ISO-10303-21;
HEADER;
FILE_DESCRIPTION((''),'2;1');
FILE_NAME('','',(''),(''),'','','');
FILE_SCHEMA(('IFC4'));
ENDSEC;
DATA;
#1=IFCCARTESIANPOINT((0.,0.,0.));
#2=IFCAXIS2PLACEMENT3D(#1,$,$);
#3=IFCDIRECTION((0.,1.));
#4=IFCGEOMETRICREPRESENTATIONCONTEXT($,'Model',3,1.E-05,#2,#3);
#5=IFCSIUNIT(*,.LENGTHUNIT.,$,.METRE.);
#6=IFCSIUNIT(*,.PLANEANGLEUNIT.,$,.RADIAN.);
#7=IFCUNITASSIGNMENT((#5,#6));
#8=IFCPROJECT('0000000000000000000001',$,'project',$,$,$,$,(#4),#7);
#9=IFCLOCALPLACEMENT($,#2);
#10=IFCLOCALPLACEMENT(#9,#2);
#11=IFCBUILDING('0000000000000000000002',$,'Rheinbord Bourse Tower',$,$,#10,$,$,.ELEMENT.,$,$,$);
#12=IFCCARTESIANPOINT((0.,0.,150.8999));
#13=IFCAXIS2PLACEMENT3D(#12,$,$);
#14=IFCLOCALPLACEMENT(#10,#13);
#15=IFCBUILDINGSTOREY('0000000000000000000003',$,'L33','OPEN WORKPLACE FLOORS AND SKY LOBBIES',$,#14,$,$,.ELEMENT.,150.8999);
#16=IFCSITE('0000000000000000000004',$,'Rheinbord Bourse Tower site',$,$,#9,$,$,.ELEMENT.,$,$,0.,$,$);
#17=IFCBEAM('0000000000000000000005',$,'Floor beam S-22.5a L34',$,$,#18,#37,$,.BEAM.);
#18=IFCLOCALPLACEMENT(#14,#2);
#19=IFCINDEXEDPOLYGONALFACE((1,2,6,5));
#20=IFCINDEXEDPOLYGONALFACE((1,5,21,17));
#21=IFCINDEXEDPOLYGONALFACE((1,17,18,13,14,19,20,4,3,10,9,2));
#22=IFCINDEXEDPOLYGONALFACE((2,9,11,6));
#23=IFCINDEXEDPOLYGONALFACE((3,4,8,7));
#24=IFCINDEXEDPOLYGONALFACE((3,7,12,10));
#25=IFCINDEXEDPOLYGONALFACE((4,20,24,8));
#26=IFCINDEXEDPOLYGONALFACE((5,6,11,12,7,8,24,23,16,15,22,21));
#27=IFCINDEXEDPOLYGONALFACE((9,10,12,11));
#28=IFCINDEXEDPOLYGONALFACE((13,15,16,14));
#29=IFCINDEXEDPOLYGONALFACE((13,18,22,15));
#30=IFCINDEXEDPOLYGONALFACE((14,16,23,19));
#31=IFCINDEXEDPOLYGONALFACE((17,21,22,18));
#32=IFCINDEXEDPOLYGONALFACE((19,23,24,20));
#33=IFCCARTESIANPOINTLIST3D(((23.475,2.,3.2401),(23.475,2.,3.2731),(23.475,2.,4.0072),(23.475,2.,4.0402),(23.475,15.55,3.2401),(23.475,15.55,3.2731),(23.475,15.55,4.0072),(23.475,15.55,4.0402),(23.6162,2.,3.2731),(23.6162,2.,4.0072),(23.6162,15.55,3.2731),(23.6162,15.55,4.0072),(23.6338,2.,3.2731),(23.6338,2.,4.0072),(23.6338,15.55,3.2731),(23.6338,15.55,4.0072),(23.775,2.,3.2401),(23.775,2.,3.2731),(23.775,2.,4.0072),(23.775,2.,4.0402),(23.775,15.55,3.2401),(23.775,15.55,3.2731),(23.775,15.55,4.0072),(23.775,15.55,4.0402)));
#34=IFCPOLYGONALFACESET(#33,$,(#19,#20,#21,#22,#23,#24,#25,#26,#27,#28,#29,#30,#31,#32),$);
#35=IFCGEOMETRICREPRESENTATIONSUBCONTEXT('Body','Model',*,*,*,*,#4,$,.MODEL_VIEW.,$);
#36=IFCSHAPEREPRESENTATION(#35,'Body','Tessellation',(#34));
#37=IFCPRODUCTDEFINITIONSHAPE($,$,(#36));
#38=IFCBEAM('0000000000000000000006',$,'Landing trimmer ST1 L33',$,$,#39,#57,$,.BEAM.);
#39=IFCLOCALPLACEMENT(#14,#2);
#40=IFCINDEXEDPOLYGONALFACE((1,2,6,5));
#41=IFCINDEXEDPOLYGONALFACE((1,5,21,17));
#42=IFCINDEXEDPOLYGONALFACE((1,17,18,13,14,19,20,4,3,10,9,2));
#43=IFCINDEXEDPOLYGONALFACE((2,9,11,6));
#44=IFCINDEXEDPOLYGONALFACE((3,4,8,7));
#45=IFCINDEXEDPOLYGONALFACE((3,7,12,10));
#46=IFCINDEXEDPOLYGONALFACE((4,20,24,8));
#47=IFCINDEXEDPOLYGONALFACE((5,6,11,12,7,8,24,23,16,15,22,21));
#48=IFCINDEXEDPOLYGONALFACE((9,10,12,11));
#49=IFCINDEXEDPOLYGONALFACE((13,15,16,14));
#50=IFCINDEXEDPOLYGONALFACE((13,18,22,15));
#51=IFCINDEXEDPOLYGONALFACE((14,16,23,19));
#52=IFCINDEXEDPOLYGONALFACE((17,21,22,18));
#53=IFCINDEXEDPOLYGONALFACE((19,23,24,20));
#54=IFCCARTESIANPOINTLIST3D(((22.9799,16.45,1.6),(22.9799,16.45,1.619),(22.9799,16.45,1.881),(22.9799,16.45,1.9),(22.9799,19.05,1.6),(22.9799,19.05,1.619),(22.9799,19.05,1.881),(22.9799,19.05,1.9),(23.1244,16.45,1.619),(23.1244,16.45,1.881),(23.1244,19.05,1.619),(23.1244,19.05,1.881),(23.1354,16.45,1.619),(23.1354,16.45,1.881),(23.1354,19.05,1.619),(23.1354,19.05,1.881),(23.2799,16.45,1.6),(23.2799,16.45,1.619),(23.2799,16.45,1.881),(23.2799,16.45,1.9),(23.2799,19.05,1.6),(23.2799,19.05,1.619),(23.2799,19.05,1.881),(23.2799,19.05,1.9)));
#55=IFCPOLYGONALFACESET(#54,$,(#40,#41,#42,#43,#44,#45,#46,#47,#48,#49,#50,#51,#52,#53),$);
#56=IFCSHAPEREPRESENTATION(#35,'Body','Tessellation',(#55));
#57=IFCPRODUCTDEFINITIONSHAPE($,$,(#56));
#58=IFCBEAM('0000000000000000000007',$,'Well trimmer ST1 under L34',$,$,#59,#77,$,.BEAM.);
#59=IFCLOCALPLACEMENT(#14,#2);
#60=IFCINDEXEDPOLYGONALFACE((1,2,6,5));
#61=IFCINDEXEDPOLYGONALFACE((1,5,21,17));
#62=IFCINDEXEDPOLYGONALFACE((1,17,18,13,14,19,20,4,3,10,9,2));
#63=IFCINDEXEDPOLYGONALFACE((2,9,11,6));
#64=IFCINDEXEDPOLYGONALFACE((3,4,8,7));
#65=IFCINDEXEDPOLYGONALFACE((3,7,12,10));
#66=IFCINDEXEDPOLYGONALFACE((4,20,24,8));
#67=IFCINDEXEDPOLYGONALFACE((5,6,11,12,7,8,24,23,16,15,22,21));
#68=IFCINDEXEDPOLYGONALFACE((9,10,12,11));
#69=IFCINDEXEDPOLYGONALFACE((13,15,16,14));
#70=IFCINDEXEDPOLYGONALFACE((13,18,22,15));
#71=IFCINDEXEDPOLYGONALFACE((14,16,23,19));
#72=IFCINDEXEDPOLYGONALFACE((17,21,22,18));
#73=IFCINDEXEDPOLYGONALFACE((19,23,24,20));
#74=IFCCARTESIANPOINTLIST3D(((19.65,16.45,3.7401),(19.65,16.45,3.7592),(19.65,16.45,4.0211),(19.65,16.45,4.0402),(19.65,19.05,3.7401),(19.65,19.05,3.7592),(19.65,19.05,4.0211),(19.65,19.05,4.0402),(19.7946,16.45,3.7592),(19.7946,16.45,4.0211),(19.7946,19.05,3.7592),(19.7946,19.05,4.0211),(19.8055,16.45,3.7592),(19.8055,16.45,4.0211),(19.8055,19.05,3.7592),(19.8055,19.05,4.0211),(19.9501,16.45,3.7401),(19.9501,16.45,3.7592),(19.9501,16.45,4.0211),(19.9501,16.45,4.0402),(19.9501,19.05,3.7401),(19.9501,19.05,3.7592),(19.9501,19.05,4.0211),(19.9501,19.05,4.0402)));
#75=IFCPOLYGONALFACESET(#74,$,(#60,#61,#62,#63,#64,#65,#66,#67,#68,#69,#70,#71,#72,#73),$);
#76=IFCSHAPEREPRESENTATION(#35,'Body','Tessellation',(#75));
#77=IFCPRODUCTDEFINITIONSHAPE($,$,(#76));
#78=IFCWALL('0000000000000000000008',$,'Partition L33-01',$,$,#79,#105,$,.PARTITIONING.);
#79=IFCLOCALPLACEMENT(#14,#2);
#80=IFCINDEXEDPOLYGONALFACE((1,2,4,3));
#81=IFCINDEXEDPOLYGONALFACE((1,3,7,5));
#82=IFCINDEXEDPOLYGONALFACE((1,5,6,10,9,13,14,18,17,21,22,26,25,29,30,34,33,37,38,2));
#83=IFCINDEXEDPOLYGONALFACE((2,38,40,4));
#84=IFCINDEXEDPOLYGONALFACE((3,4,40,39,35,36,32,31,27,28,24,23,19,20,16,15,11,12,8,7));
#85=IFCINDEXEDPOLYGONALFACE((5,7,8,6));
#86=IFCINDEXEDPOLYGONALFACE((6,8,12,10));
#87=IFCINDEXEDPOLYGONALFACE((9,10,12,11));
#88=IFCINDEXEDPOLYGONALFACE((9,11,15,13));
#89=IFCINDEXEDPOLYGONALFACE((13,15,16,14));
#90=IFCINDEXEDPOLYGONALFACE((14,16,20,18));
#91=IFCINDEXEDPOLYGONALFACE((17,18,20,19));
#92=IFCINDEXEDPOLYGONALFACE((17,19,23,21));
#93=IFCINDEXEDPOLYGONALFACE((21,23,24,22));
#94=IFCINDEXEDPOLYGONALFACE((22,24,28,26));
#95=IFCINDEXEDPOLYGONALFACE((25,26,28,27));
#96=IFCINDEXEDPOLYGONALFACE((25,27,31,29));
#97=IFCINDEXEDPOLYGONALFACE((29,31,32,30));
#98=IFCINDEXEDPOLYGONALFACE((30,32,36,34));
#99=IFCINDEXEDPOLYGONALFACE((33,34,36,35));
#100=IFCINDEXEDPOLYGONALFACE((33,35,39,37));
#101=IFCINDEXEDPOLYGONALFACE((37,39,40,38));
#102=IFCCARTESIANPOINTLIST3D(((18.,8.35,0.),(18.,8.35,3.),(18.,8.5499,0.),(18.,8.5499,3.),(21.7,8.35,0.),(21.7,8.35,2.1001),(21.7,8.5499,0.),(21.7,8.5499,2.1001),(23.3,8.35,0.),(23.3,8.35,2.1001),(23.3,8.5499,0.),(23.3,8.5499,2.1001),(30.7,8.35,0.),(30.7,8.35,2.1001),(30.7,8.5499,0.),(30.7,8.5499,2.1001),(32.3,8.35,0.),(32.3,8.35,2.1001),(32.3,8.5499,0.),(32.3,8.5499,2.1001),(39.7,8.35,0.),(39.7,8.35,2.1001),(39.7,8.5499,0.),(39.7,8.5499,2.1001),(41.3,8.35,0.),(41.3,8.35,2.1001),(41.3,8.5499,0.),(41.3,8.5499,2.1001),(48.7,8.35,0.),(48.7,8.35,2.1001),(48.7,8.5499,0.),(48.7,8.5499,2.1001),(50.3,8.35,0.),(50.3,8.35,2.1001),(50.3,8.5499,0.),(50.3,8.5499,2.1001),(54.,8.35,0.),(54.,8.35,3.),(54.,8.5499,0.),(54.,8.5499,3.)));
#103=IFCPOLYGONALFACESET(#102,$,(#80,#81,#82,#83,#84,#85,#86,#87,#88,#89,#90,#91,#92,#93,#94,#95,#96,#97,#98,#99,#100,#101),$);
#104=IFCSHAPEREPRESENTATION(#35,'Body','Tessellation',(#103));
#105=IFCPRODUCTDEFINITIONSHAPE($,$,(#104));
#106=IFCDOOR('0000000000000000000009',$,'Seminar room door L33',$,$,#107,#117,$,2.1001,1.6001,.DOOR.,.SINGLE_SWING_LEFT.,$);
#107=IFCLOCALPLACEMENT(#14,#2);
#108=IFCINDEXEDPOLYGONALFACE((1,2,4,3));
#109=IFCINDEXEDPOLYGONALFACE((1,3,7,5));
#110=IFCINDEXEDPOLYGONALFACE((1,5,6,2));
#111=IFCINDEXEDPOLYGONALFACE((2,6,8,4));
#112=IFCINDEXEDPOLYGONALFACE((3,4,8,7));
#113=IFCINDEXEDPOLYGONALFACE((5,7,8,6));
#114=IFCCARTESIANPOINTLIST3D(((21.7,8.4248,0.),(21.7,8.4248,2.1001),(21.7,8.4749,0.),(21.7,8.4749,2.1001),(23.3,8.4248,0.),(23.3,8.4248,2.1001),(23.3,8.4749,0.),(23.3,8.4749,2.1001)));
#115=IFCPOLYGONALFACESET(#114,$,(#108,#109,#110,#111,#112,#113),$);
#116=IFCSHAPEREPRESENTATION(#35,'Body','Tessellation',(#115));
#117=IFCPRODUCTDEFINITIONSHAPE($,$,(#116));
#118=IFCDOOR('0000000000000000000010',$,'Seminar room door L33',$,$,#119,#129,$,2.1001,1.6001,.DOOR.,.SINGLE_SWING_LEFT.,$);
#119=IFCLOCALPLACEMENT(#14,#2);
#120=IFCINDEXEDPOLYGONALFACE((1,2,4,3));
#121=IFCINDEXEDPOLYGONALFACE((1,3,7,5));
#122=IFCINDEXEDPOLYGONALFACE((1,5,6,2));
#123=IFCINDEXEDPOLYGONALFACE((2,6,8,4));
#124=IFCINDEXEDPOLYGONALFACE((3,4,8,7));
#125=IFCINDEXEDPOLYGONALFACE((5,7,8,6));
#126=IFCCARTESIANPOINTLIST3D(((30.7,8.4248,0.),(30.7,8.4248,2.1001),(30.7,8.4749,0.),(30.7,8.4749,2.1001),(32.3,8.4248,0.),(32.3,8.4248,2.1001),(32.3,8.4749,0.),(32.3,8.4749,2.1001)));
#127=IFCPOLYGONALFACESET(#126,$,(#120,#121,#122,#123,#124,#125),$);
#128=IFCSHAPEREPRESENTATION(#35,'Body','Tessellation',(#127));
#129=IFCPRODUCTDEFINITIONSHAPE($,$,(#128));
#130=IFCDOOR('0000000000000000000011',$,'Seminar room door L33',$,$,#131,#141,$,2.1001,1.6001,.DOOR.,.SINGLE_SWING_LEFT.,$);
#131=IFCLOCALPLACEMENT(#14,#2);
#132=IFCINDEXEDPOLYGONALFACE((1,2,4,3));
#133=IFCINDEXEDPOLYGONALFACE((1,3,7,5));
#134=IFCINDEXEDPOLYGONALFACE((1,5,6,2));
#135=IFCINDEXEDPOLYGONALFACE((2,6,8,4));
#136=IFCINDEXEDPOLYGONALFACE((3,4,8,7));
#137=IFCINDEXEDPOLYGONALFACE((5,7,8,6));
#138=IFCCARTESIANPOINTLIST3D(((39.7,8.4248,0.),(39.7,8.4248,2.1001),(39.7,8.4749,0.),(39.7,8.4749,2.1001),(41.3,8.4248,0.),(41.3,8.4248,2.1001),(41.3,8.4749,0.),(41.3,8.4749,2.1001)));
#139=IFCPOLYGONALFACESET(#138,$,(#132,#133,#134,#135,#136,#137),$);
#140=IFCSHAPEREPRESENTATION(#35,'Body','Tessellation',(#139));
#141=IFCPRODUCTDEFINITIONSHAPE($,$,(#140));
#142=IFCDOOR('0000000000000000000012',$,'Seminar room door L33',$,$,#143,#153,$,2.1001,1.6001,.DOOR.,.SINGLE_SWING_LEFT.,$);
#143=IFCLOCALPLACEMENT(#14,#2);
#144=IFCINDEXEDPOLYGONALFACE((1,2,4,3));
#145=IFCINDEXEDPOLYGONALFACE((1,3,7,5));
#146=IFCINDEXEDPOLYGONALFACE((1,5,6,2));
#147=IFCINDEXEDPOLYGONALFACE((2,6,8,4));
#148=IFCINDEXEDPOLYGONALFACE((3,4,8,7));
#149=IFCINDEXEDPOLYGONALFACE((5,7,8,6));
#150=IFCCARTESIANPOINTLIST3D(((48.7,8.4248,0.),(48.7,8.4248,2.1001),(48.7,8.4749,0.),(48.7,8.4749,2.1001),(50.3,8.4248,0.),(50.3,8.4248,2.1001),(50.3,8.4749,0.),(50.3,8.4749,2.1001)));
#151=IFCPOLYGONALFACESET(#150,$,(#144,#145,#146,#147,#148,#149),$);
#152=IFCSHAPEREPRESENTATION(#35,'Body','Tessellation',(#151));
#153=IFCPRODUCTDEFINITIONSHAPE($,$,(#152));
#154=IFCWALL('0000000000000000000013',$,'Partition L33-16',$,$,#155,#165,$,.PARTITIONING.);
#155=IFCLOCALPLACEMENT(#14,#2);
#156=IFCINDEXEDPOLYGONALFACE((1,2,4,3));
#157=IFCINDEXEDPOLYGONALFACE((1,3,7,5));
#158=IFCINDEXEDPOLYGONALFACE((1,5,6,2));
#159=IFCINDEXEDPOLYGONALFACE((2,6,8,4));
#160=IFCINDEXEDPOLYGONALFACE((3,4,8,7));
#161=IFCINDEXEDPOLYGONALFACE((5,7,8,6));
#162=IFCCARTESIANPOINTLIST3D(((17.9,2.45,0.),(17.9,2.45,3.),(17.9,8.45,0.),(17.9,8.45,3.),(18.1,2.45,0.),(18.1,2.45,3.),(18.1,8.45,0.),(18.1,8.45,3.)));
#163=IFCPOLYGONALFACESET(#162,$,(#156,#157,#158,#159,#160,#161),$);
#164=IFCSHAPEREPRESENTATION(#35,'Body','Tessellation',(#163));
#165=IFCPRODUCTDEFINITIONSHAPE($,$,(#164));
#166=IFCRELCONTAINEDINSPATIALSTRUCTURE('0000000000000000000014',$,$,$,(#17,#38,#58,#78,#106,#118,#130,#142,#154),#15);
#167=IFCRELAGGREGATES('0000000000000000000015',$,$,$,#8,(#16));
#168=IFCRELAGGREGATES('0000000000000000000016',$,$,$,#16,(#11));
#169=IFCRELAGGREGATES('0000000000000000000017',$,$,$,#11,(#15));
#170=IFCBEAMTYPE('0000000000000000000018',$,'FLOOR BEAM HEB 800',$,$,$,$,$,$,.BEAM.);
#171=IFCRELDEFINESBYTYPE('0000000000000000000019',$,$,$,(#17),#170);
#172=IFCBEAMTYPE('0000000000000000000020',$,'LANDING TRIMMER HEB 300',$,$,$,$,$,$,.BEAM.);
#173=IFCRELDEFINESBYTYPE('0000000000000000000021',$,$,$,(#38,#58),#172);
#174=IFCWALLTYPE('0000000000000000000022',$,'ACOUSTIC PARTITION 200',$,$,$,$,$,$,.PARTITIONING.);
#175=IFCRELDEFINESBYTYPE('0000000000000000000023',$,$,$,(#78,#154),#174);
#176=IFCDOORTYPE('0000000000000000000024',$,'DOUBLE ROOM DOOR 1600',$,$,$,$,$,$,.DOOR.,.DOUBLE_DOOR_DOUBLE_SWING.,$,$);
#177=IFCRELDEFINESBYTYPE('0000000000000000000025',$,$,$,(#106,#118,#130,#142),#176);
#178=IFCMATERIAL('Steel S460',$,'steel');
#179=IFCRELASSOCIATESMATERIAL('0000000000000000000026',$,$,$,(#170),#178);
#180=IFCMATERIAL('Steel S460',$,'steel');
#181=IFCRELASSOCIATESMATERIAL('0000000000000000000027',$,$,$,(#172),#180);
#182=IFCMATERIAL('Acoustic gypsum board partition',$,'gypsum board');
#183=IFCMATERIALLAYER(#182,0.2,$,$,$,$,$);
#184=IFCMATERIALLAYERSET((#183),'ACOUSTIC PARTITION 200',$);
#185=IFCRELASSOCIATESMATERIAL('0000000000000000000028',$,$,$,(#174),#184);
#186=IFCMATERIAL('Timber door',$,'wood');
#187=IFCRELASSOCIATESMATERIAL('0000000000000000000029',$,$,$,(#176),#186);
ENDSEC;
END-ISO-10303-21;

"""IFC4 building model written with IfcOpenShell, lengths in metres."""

from ifc_helpers import new_model, si_unit, direction, frame, frame_2d, origin, origin_2d, place, context, subcontext, project, spatial, rectangle, i_section, extrude, material, layer, layer_set, material_profile, profile_set, type_object, element, fill, save


model = new_model("IFC4")

# Units and contexts
model_context = context("Model", 3, precision=1e-05, world=origin(), true_north=direction((0.0, 1.0)))
body_context = subcontext(model_context, "Body", "Model", "MODEL_VIEW")
ifc_project = project(units=[si_unit("LENGTHUNIT", "METRE"), si_unit("PLANEANGLEUNIT", "RADIAN")], contexts=[model_context])

# Site, building, storey
site_placement = place(None, origin())
site = spatial("IfcSite", under=ifc_project, at=site_placement, Name="Rheinbord Bourse Tower site", CompositionType="ELEMENT", RefElevation=0.0)
building_placement = place(site_placement, origin())
building = spatial("IfcBuilding", under=site, at=building_placement, Name="Rheinbord Bourse Tower", CompositionType="ELEMENT")
storey_placement = place(building_placement, frame((0.0, 0.0, 150.8999)))
storey = spatial("IfcBuildingStorey", under=building, at=storey_placement, Name="L33", Description="OPEN WORKPLACE FLOORS AND SKY LOBBIES", CompositionType="ELEMENT", Elevation=150.8999)

# Beams
ifc_material_1 = material(Name="Steel S460", Category="steel")
ifc_material_profile_1 = material_profile(ifc_material_1, i_section(OverallWidth=0.3, OverallDepth=0.8, WebThickness=0.0176, FlangeThickness=0.033, at=origin_2d()), Name="HEB 800")
ifc_profile_set_1 = profile_set([ifc_material_profile_1], Name="Steel S460")
beam_type_1 = type_object("IfcBeamType", Name="FLOOR BEAM HEB 800", PredefinedType="BEAM", material=ifc_profile_set_1)
beam_placement = place(storey_placement, frame((23.625, 2.0, 3.6401), z_axis=(0.0, 1.0, 0.0), x_axis=(-1.0, 0.0, 0.0)))
element("IfcBeam", 1, at=beam_placement, inside=storey, type_object=beam_type_1, Name="Floor beam S-22.5a L34", PredefinedType="BEAM", context=body_context, shape_type="SweptSolid", body=[
    extrude(i_section(OverallWidth=0.3, OverallDepth=0.8, WebThickness=0.0176, FlangeThickness=0.033, at=origin_2d()), origin(), (0.0, 0.0, 1.0), 13.55),
])
ifc_material_2 = material(Name="Steel S460", Category="steel")
ifc_material_profile_2 = material_profile(ifc_material_2, i_section(OverallWidth=0.3, OverallDepth=0.3, WebThickness=0.011, FlangeThickness=0.019, at=origin_2d()), Name="HEB 300")
ifc_profile_set_2 = profile_set([ifc_material_profile_2], Name="Steel S460")
beam_type_2 = type_object("IfcBeamType", Name="LANDING TRIMMER HEB 300", PredefinedType="BEAM", material=ifc_profile_set_2)
for number, where, z_axis, x_axis, name in (
    (2, (23.1299, 16.45, 1.75), (0.0, 1.0, 0.0), (-1.0, 0.0, 0.0), "Landing trimmer ST1 L33"),
    (3, (19.8, 16.45, 3.8901), (0.0, 1.0, 0.0), (-1.0, 0.0, 0.0), "Well trimmer ST1 under L34"),
):
    element("IfcBeam", number, at=place(storey_placement, frame(where, z_axis=z_axis, x_axis=x_axis)), inside=storey, type_object=beam_type_2, Name=name, PredefinedType="BEAM", context=body_context, shape_type="SweptSolid", body=[
        extrude(i_section(OverallWidth=0.3, OverallDepth=0.3, WebThickness=0.011, FlangeThickness=0.019, at=origin_2d()), origin(), (0.0, 0.0, 1.0), 2.6001),
    ])

# Wall, openings, doors
ifc_material_3 = material(Name="Acoustic gypsum board partition", Category="gypsum board")
ifc_layer_1 = layer(ifc_material_3, 0.2)
ifc_layer_set_1 = layer_set([ifc_layer_1], Name="ACOUSTIC PARTITION 200")
wall_type_1 = type_object("IfcWallType", Name="ACOUSTIC PARTITION 200", PredefinedType="PARTITIONING", material=ifc_layer_set_1)
wall_1_placement = place(storey_placement, frame((18.0, 8.45, 0.0), z_axis=(0.0, 0.0, 1.0), x_axis=(1.0, 0.0, 0.0)))
wall_1 = element("IfcWall", 4, at=wall_1_placement, inside=storey, type_object=wall_type_1, Name="Partition L33-01", PredefinedType="PARTITIONING", context=body_context, shape_type="SweptSolid", body=[
    extrude(rectangle(XDim=36.0, YDim=0.2, at=frame_2d((18.0, 0.0))), origin(), (0.0, 0.0, 1.0), 3.0),
])
opening_1_placement = place(wall_1_placement, frame((3.7, 0.0, 0.0)))
opening_1 = element("IfcOpeningElement", 5, at=opening_1_placement, cuts=wall_1, PredefinedType="OPENING", context=body_context, shape_type="SweptSolid", body=[
    extrude(rectangle(XDim=1.6001, YDim=2.1001, at=frame_2d((0.8, 1.05))), frame((0.0, 0.1099, 0.0), z_axis=(0.0, -1.0, 0.0), x_axis=(1.0, 0.0, 0.0)), (0.0, 0.0, 1.0), 0.22),
])
opening_2_placement = place(wall_1_placement, frame((12.7, 0.0, 0.0)))
opening_2 = element("IfcOpeningElement", 6, at=opening_2_placement, cuts=wall_1, PredefinedType="OPENING", context=body_context, shape_type="SweptSolid", body=[
    extrude(rectangle(XDim=1.6001, YDim=2.1001, at=frame_2d((0.8, 1.05))), frame((0.0, 0.1099, 0.0), z_axis=(0.0, -1.0, 0.0), x_axis=(1.0, 0.0, 0.0)), (0.0, 0.0, 1.0), 0.22),
])
opening_3_placement = place(wall_1_placement, frame((21.7, 0.0, 0.0)))
opening_3 = element("IfcOpeningElement", 7, at=opening_3_placement, cuts=wall_1, PredefinedType="OPENING", context=body_context, shape_type="SweptSolid", body=[
    extrude(rectangle(XDim=1.6001, YDim=2.1001, at=frame_2d((0.8, 1.05))), frame((0.0, 0.1099, 0.0), z_axis=(0.0, -1.0, 0.0), x_axis=(1.0, 0.0, 0.0)), (0.0, 0.0, 1.0), 0.22),
])
opening_4_placement = place(wall_1_placement, frame((30.7, 0.0, 0.0)))
opening_4 = element("IfcOpeningElement", 8, at=opening_4_placement, cuts=wall_1, PredefinedType="OPENING", context=body_context, shape_type="SweptSolid", body=[
    extrude(rectangle(XDim=1.6001, YDim=2.1001, at=frame_2d((0.8, 1.05))), frame((0.0, 0.1099, 0.0), z_axis=(0.0, -1.0, 0.0), x_axis=(1.0, 0.0, 0.0)), (0.0, 0.0, 1.0), 0.22),
])
ifc_material_4 = material(Name="Timber door", Category="wood")
door_type_1 = type_object("IfcDoorType", Name="DOUBLE ROOM DOOR 1600", OperationType="DOUBLE_DOOR_DOUBLE_SWING", PredefinedType="DOOR", material=ifc_material_4)
door_1_placement = place(opening_1_placement, origin())
door_1 = element("IfcDoor", 9, at=door_1_placement, inside=storey, type_object=door_type_1, Name="Seminar room door L33", OperationType="SINGLE_SWING_LEFT", OverallHeight=2.1001, OverallWidth=1.6001, PredefinedType="DOOR", context=body_context, shape_type="SweptSolid", body=[
    extrude(rectangle(XDim=1.6001, YDim=2.1001, at=frame_2d((0.8, 1.05))), frame((0.0, 0.0249, 0.0), z_axis=(0.0, -1.0, 0.0), x_axis=(1.0, 0.0, 0.0)), (0.0, 0.0, 1.0), 0.05),
])
fill(opening_1, door_1)
door_2_placement = place(opening_2_placement, origin())
door_2 = element("IfcDoor", 10, at=door_2_placement, inside=storey, type_object=door_type_1, Name="Seminar room door L33", OperationType="SINGLE_SWING_LEFT", OverallHeight=2.1001, OverallWidth=1.6001, PredefinedType="DOOR", context=body_context, shape_type="SweptSolid", body=[
    extrude(rectangle(XDim=1.6001, YDim=2.1001, at=frame_2d((0.8, 1.05))), frame((0.0, 0.0249, 0.0), z_axis=(0.0, -1.0, 0.0), x_axis=(1.0, 0.0, 0.0)), (0.0, 0.0, 1.0), 0.05),
])
fill(opening_2, door_2)
door_3_placement = place(opening_3_placement, origin())
door_3 = element("IfcDoor", 11, at=door_3_placement, inside=storey, type_object=door_type_1, Name="Seminar room door L33", OperationType="SINGLE_SWING_LEFT", OverallHeight=2.1001, OverallWidth=1.6001, PredefinedType="DOOR", context=body_context, shape_type="SweptSolid", body=[
    extrude(rectangle(XDim=1.6001, YDim=2.1001, at=frame_2d((0.8, 1.05))), frame((0.0, 0.0249, 0.0), z_axis=(0.0, -1.0, 0.0), x_axis=(1.0, 0.0, 0.0)), (0.0, 0.0, 1.0), 0.05),
])
fill(opening_3, door_3)
door_4_placement = place(opening_4_placement, origin())
door_4 = element("IfcDoor", 12, at=door_4_placement, inside=storey, type_object=door_type_1, Name="Seminar room door L33", OperationType="SINGLE_SWING_LEFT", OverallHeight=2.1001, OverallWidth=1.6001, PredefinedType="DOOR", context=body_context, shape_type="SweptSolid", body=[
    extrude(rectangle(XDim=1.6001, YDim=2.1001, at=frame_2d((0.8, 1.05))), frame((0.0, 0.0249, 0.0), z_axis=(0.0, -1.0, 0.0), x_axis=(1.0, 0.0, 0.0)), (0.0, 0.0, 1.0), 0.05),
])
fill(opening_4, door_4)

# Wall
wall_2_placement = place(storey_placement, frame((18.0, 2.45, 0.0), z_axis=(0.0, 0.0, 1.0), x_axis=(0.0, 1.0, 0.0)))
element("IfcWall", 13, at=wall_2_placement, inside=storey, type_object=wall_type_1, Name="Partition L33-16", PredefinedType="PARTITIONING", context=body_context, shape_type="SweptSolid", body=[
    extrude(rectangle(XDim=6.0, YDim=0.2, at=frame_2d((3.0, 0.0))), origin(), (0.0, 0.0, 1.0), 3.0),
])

save(model, "model.ifc")
